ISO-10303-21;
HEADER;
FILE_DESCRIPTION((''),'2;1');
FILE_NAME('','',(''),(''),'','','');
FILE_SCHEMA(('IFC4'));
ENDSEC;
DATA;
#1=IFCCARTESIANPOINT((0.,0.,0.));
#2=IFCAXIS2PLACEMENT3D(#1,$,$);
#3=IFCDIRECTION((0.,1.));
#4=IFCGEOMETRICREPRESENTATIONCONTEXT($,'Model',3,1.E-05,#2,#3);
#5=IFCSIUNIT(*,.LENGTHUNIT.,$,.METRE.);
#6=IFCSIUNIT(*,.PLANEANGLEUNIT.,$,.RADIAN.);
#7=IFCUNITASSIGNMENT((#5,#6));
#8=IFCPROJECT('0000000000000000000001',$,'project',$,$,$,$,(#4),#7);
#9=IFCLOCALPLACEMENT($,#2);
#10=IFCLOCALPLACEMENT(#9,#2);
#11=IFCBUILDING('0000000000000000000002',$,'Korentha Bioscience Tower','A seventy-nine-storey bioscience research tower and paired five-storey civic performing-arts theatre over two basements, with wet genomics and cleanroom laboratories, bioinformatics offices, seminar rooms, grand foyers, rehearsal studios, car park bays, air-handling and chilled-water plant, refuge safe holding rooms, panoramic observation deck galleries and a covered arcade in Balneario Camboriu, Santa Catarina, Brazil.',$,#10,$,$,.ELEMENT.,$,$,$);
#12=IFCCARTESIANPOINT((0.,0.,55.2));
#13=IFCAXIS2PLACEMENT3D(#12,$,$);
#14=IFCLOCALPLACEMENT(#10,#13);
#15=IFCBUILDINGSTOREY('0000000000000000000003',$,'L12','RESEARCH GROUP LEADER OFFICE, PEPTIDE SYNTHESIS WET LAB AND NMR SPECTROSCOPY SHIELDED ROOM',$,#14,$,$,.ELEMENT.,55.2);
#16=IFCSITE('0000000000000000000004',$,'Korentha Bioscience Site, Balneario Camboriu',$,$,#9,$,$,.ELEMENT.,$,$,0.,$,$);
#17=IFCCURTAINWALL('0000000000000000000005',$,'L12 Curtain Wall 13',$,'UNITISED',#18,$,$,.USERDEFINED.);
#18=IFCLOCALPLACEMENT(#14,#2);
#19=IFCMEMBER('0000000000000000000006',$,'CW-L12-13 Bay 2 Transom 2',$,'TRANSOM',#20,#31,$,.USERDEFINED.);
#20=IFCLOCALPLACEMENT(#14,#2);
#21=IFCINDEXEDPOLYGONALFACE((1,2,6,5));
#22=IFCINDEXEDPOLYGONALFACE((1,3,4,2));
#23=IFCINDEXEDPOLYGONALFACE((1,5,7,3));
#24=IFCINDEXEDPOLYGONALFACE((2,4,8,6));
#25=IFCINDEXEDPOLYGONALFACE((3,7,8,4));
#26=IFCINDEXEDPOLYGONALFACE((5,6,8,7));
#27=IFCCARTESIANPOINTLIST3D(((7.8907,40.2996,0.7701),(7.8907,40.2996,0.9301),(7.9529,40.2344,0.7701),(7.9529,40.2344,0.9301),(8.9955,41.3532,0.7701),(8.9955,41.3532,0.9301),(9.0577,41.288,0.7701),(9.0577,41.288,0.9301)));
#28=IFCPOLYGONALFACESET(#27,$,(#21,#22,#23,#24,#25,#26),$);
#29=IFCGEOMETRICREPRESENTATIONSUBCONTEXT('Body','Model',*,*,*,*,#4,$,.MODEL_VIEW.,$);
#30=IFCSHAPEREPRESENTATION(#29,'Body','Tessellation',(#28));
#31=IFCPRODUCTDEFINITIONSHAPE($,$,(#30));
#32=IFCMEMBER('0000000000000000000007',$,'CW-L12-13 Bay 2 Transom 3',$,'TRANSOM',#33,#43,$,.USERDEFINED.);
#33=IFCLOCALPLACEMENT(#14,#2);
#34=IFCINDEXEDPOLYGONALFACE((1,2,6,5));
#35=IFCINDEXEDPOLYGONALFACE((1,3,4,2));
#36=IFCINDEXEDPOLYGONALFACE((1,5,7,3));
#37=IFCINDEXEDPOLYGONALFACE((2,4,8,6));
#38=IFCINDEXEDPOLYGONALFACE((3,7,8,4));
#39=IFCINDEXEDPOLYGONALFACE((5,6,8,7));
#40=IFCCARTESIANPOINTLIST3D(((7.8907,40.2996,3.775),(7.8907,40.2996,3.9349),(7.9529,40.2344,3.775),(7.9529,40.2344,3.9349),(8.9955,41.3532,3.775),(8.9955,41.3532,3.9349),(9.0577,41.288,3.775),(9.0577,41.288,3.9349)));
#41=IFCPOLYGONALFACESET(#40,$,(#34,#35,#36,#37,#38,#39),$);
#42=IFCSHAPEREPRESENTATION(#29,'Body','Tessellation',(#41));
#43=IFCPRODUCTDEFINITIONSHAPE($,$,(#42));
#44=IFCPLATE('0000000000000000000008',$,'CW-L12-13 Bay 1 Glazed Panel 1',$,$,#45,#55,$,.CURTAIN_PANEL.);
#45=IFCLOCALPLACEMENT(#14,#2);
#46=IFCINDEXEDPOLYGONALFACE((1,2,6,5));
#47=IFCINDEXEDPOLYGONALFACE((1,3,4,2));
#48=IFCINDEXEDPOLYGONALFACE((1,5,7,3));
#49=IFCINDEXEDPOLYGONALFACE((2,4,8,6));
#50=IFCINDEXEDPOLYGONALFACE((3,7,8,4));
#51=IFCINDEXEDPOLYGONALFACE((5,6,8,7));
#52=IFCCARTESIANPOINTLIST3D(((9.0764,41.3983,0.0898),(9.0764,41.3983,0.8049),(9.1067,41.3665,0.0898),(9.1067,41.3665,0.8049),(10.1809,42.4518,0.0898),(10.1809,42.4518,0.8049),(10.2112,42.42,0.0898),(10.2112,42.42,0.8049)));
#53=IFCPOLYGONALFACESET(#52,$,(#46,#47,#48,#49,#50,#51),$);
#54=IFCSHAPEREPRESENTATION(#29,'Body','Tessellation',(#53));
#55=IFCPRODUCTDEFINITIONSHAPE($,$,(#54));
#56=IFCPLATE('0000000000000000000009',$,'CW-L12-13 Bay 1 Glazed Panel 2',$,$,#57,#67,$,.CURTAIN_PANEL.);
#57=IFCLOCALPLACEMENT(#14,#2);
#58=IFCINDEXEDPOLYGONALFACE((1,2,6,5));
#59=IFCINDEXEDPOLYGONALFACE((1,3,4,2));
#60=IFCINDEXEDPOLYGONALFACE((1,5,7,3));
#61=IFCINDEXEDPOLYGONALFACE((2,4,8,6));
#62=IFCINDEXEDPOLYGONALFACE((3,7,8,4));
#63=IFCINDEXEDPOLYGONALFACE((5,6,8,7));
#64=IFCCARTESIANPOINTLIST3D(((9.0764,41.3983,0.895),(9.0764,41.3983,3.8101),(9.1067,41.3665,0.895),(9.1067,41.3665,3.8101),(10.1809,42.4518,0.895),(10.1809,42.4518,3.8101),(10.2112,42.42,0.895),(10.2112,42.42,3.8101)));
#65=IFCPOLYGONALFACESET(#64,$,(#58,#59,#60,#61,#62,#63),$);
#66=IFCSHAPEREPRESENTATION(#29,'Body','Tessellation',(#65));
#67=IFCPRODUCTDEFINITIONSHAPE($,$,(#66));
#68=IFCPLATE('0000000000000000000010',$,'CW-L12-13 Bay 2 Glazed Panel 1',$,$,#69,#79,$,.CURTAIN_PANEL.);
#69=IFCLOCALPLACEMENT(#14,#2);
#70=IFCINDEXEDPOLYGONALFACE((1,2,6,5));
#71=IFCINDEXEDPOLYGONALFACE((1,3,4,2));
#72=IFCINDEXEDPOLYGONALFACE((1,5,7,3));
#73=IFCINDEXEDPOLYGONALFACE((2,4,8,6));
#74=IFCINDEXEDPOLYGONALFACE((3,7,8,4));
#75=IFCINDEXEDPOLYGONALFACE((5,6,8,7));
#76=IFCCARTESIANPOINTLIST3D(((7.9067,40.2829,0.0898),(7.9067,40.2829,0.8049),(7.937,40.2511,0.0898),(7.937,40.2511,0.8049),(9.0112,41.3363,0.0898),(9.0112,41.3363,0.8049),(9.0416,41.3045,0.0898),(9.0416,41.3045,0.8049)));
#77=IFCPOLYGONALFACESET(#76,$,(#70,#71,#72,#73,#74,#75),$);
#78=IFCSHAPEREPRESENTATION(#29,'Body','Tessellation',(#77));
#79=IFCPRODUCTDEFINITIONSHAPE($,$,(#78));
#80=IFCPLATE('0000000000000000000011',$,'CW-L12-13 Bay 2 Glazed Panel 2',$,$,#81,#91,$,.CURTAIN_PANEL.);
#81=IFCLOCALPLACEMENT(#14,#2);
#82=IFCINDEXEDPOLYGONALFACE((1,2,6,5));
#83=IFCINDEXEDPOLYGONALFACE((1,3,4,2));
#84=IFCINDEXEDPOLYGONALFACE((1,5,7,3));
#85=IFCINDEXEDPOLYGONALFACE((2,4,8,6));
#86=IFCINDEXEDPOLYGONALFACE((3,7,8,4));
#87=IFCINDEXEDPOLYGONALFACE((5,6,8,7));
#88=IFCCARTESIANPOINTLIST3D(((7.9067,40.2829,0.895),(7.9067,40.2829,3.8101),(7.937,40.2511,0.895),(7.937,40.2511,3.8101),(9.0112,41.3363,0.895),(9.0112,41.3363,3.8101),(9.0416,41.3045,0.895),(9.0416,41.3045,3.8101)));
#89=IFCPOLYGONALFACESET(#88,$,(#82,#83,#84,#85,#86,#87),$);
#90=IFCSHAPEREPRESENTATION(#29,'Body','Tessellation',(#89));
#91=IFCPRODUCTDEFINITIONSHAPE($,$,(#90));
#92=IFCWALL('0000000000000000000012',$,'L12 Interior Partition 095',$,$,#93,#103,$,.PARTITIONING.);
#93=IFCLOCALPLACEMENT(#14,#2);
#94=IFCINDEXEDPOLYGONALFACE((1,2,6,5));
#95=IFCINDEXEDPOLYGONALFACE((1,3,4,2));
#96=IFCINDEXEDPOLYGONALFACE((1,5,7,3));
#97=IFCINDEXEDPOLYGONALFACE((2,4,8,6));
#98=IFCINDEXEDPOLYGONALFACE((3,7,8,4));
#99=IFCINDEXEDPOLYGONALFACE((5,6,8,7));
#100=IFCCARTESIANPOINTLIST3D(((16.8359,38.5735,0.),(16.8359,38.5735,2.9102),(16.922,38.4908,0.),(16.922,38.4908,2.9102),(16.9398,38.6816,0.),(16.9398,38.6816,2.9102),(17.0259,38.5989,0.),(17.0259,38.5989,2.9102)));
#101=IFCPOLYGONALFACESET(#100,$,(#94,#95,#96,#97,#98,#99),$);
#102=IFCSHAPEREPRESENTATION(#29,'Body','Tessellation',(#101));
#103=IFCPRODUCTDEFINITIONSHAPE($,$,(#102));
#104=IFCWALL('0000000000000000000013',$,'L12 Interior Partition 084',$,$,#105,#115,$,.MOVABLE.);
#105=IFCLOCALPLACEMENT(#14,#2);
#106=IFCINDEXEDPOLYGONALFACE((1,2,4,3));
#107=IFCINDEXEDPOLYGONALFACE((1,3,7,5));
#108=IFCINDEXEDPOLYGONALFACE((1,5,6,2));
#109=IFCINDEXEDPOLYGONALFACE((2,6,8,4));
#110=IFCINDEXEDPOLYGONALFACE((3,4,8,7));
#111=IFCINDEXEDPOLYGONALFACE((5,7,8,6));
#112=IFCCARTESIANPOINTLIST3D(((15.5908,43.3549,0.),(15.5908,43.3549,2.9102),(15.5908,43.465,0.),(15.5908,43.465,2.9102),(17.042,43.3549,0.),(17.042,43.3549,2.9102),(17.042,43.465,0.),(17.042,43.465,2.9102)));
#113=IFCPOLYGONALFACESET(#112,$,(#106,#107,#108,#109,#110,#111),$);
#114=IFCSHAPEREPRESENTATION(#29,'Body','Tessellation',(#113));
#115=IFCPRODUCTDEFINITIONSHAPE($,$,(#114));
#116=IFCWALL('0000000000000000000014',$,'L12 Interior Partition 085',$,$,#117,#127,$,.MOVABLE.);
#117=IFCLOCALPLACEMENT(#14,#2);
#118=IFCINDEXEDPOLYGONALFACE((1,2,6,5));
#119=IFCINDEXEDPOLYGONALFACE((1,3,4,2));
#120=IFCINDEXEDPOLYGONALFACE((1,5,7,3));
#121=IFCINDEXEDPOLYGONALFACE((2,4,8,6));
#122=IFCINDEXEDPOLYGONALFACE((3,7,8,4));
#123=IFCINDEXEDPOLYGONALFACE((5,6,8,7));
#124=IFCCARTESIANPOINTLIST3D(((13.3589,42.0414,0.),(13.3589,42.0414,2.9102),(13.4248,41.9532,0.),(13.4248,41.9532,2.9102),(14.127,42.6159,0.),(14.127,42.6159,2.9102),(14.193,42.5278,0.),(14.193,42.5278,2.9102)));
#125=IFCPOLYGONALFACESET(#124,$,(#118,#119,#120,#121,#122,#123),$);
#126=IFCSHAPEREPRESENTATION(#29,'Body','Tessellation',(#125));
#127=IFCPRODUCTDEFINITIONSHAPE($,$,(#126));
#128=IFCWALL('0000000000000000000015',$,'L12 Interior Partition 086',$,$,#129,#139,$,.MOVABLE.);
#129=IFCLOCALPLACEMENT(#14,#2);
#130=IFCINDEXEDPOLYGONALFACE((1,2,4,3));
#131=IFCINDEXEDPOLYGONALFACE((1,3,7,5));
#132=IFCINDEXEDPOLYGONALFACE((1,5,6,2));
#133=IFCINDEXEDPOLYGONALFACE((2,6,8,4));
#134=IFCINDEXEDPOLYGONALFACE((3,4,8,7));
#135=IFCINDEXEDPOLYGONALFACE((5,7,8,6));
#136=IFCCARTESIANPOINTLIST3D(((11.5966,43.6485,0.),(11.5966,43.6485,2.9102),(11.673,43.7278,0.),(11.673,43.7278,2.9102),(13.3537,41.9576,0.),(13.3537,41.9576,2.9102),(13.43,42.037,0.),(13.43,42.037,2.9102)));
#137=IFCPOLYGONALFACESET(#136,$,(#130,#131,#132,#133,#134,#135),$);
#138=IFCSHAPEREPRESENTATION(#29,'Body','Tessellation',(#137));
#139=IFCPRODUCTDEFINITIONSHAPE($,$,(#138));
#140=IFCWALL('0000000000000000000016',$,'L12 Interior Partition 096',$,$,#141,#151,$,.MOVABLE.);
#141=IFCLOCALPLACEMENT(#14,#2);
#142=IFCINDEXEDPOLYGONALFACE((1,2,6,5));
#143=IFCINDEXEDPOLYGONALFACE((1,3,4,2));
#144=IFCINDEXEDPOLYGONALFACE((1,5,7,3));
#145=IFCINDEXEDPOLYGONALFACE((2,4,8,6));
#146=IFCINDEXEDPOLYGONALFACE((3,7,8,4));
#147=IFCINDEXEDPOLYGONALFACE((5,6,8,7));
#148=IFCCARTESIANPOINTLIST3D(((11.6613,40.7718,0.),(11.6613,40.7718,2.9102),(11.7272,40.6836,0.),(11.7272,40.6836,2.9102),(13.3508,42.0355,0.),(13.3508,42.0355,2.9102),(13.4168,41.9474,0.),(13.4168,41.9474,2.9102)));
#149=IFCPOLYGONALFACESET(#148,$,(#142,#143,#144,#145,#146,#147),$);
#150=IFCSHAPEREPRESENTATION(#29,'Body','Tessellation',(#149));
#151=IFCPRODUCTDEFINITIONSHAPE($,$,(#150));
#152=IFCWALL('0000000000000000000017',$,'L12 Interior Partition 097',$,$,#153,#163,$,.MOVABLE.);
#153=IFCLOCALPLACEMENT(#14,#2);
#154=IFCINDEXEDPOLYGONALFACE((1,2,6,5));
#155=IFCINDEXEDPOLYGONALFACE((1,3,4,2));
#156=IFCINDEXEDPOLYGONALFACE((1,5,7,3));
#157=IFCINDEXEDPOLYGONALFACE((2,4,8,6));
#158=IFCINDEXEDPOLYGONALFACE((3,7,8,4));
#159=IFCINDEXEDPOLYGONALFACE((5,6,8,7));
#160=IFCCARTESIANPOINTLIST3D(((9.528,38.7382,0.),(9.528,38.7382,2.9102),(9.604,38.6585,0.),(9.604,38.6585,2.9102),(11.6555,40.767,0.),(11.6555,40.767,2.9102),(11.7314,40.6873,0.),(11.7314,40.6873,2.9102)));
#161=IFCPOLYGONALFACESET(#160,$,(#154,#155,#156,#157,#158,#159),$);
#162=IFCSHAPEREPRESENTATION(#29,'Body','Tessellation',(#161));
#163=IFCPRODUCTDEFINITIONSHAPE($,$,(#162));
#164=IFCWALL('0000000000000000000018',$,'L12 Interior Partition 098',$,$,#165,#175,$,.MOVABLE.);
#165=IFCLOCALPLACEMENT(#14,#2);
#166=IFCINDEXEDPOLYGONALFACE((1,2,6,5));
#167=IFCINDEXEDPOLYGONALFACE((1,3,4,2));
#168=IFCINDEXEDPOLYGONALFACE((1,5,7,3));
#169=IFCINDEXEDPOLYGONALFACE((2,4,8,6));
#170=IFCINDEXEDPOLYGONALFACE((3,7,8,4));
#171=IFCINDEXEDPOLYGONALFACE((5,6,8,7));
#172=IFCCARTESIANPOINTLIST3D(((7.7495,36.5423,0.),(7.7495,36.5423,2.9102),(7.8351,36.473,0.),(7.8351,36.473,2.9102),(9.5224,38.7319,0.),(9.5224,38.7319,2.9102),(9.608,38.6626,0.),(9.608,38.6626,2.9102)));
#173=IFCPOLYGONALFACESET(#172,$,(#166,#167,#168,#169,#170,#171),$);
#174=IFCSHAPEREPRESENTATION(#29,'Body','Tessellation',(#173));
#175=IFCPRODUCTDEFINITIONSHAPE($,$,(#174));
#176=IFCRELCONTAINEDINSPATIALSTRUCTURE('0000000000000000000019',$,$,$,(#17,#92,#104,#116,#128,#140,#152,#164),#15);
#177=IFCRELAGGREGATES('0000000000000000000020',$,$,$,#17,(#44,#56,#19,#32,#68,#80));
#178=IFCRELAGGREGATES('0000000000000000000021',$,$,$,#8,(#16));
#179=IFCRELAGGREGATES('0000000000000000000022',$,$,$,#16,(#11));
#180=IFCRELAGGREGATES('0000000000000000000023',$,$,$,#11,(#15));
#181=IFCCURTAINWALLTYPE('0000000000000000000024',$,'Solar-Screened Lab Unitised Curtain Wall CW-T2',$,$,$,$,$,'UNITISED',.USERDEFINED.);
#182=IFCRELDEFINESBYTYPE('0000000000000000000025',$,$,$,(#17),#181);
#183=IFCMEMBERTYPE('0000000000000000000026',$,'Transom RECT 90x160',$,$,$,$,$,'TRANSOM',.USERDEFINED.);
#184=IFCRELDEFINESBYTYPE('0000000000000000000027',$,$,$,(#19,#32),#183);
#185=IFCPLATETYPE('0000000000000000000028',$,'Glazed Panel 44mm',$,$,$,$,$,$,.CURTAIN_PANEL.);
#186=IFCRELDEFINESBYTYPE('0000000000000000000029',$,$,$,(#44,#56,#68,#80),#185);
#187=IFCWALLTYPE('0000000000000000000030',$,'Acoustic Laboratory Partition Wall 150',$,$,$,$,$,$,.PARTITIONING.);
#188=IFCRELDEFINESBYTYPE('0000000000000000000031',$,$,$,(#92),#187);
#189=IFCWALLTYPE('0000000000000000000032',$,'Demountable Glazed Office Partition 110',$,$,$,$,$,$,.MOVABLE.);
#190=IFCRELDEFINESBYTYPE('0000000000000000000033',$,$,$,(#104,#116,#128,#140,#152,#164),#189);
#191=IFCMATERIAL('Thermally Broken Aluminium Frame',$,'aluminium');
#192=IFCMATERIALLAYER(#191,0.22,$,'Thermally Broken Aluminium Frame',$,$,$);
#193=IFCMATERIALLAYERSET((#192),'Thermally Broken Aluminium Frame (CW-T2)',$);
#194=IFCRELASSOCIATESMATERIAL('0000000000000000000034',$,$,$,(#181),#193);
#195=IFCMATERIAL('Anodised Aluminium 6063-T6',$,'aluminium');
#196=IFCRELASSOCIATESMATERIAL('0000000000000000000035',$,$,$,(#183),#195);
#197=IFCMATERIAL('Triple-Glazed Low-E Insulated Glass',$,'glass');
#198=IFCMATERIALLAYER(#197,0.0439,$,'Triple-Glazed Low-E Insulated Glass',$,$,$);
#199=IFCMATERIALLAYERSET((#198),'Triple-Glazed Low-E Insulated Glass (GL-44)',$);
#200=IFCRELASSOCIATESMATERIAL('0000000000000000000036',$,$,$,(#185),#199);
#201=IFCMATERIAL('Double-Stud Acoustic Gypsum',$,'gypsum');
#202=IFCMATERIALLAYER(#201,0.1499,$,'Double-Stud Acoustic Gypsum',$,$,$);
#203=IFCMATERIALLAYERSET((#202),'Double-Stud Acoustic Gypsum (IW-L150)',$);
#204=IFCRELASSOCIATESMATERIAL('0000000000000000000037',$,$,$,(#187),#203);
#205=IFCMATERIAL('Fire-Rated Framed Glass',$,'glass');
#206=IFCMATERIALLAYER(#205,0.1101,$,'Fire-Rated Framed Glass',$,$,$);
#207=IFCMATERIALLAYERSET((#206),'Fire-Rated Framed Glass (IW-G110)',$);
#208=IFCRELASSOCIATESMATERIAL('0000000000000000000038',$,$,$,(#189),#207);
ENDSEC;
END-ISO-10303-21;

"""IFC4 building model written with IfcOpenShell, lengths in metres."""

from ifc_helpers import new_model, si_unit, direction, frame, frame_2d, origin, origin_2d, place, context, subcontext, project, spatial, rectangle, extrude, material, layer, layer_set, material_profile, profile_set, type_object, element, aggregate, save


model = new_model("IFC4")

# Units and contexts
model_context = context("Model", 3, precision=1e-05, world=origin(), true_north=direction((0.0, 1.0)))
body_context = subcontext(model_context, "Body", "Model", "MODEL_VIEW")
ifc_project = project(units=[si_unit("LENGTHUNIT", "METRE"), si_unit("PLANEANGLEUNIT", "RADIAN")], contexts=[model_context])

# Site, building, storey
site_placement = place(None, origin())
site = spatial("IfcSite", under=ifc_project, at=site_placement, Name="Korentha Bioscience Site, Balneario Camboriu", CompositionType="ELEMENT", RefElevation=0.0)
building_placement = place(site_placement, origin())
building = spatial("IfcBuilding", under=site, at=building_placement, Name="Korentha Bioscience Tower", Description="A seventy-nine-storey bioscience research tower and paired five-storey civic performing-arts theatre over two basements, with wet genomics and cleanroom laboratories, bioinformatics offices, seminar rooms, grand foyers, rehearsal studios, car park bays, air-handling and chilled-water plant, refuge safe holding rooms, panoramic observation deck galleries and a covered arcade in Balneario Camboriu, Santa Catarina, Brazil.", CompositionType="ELEMENT")
storey_placement = place(building_placement, frame((0.0, 0.0, 55.2)))
storey = spatial("IfcBuildingStorey", under=building, at=storey_placement, Name="L12", Description="RESEARCH GROUP LEADER OFFICE, PEPTIDE SYNTHESIS WET LAB AND NMR SPECTROSCOPY SHIELDED ROOM", CompositionType="ELEMENT", Elevation=55.2)

# Curtain wall
ifc_material_1 = material(Name="Thermally Broken Aluminium Frame", Category="aluminium")
ifc_layer_1 = layer(ifc_material_1, 0.22, Name="Thermally Broken Aluminium Frame")
ifc_layer_set_1 = layer_set([ifc_layer_1], Name="Thermally Broken Aluminium Frame (CW-T2)")
curtain_wall_type = type_object("IfcCurtainWallType", Name="Solar-Screened Lab Unitised Curtain Wall CW-T2", ElementType="UNITISED", PredefinedType="USERDEFINED", material=ifc_layer_set_1)
curtain_wall_placement = place(storey_placement, origin())
curtain_wall = element("IfcCurtainWall", 1, at=curtain_wall_placement, inside=storey, type_object=curtain_wall_type, Name="L12 Curtain Wall 13", ObjectType="UNITISED", PredefinedType="USERDEFINED")
ifc_material_2 = material(Name="Anodised Aluminium 6063-T6", Category="aluminium")

# Members
ifc_material_profile_1 = material_profile(ifc_material_2, rectangle(XDim=0.0901, YDim=0.1599, at=origin_2d()), Name="Anodised Aluminium 6063-T6")
ifc_profile_set_1 = profile_set([ifc_material_profile_1], Name="Anodised Aluminium 6063-T6 (CW-TRN)")
member_type_1 = type_object("IfcMemberType", Name="Transom RECT 90x160", ElementType="TRANSOM", PredefinedType="USERDEFINED", material=ifc_profile_set_1)
member_1_placement = place(storey_placement, frame((9.0266, 41.3206, 0.8501), z_axis=(-0.7237, -0.690114, 0.0), x_axis=(0.690114, -0.7237, 0.0)))
member_1 = element("IfcMember", 2, at=member_1_placement, type_object=member_type_1, Name="CW-L12-13 Bay 2 Transom 2", ObjectType="TRANSOM", PredefinedType="USERDEFINED", context=body_context, shape_type="SweptSolid", body=[
    extrude(rectangle(XDim=0.0901, YDim=0.1599, at=origin_2d()), origin(), (0.0, 0.0, 1.0), 1.5266),
])
member_2_placement = place(storey_placement, frame((9.0266, 41.3206, 3.855), z_axis=(-0.7237, -0.690114, 0.0), x_axis=(0.690114, -0.7237, 0.0)))
member_2 = element("IfcMember", 3, at=member_2_placement, type_object=member_type_1, Name="CW-L12-13 Bay 2 Transom 3", ObjectType="TRANSOM", PredefinedType="USERDEFINED", context=body_context, shape_type="SweptSolid", body=[
    extrude(rectangle(XDim=0.0901, YDim=0.1599, at=origin_2d()), origin(), (0.0, 0.0, 1.0), 1.5266),
])

# Plates
ifc_material_3 = material(Name="Triple-Glazed Low-E Insulated Glass", Category="glass")
ifc_layer_2 = layer(ifc_material_3, 0.0439, Name="Triple-Glazed Low-E Insulated Glass")
ifc_layer_set_2 = layer_set([ifc_layer_2], Name="Triple-Glazed Low-E Insulated Glass (GL-44)")
plate_type = type_object("IfcPlateType", Name="Glazed Panel 44mm", PredefinedType="CURTAIN_PANEL", material=ifc_layer_set_2)
plate_1_placement = place(storey_placement, frame((9.6438, 41.9092, 0.0898), z_axis=(0.0, 0.0, 1.0), x_axis=(-0.723642, -0.690176, 0.0)))
plate_1 = element("IfcPlate", 4, at=plate_1_placement, type_object=plate_type, Name="CW-L12-13 Bay 1 Glazed Panel 1", PredefinedType="CURTAIN_PANEL", context=body_context, shape_type="SweptSolid", body=[
    extrude(rectangle(XDim=1.5264, YDim=0.0439, at=origin_2d()), origin(), (0.0, 0.0, 1.0), 0.7151),
])
plate_2_placement = place(storey_placement, frame((9.6438, 41.9092, 0.895), z_axis=(0.0, 0.0, 1.0), x_axis=(-0.723642, -0.690176, 0.0)))
plate_2 = element("IfcPlate", 5, at=plate_2_placement, type_object=plate_type, Name="CW-L12-13 Bay 1 Glazed Panel 2", PredefinedType="CURTAIN_PANEL", context=body_context, shape_type="SweptSolid", body=[
    extrude(rectangle(XDim=1.5264, YDim=0.0439, at=origin_2d()), origin(), (0.0, 0.0, 1.0), 2.915),
])
plate_3_placement = place(storey_placement, frame((8.4741, 40.7937, 0.0898), z_axis=(0.0, 0.0, 1.0), x_axis=(-0.723642, -0.690176, 0.0)))
plate_3 = element("IfcPlate", 6, at=plate_3_placement, type_object=plate_type, Name="CW-L12-13 Bay 2 Glazed Panel 1", PredefinedType="CURTAIN_PANEL", context=body_context, shape_type="SweptSolid", body=[
    extrude(rectangle(XDim=1.5264, YDim=0.0439, at=origin_2d()), origin(), (0.0, 0.0, 1.0), 0.7151),
])
plate_4_placement = place(storey_placement, frame((8.4741, 40.7937, 0.895), z_axis=(0.0, 0.0, 1.0), x_axis=(-0.723642, -0.690176, 0.0)))
plate_4 = element("IfcPlate", 7, at=plate_4_placement, type_object=plate_type, Name="CW-L12-13 Bay 2 Glazed Panel 2", PredefinedType="CURTAIN_PANEL", context=body_context, shape_type="SweptSolid", body=[
    extrude(rectangle(XDim=1.5264, YDim=0.0439, at=origin_2d()), origin(), (0.0, 0.0, 1.0), 2.915),
])
aggregate(curtain_wall, [plate_1, plate_2, member_1, member_2, plate_3, plate_4])

# Wall
ifc_material_4 = material(Name="Double-Stud Acoustic Gypsum", Category="gypsum")
ifc_layer_3 = layer(ifc_material_4, 0.1499, Name="Double-Stud Acoustic Gypsum")
ifc_layer_set_3 = layer_set([ifc_layer_3], Name="Double-Stud Acoustic Gypsum (IW-L150)")
wall_type_1 = type_object("IfcWallType", Name="Acoustic Laboratory Partition Wall 150", PredefinedType="PARTITIONING", material=ifc_layer_set_3)
wall_1_placement = place(storey_placement, frame((16.8879, 38.6274, 0.0), z_axis=(0.0, 0.0, 1.0), x_axis=(0.721265, -0.692659, 0.0)))
element("IfcWall", 8, at=wall_1_placement, inside=storey, type_object=wall_type_1, Name="L12 Interior Partition 095", PredefinedType="PARTITIONING", context=body_context, shape_type="SweptSolid", body=[
    extrude(rectangle(XDim=0.1194, YDim=0.1499, at=frame_2d((0.0596, 0.0))), origin(), (0.0, 0.0, 1.0), 2.9102),
])

# Shared definitions
ifc_material_5 = material(Name="Fire-Rated Framed Glass", Category="glass")
ifc_layer_4 = layer(ifc_material_5, 0.1101, Name="Fire-Rated Framed Glass")
ifc_layer_set_4 = layer_set([ifc_layer_4], Name="Fire-Rated Framed Glass (IW-G110)")
wall_type_2 = type_object("IfcWallType", Name="Demountable Glazed Office Partition 110", PredefinedType="MOVABLE", material=ifc_layer_set_4)

# Walls
wall_2_placement = place(storey_placement, frame((17.042, 43.4099, 0.0), z_axis=(0.0, 0.0, 1.0), x_axis=(-1.0, 0.0, 0.0)))
element("IfcWall", 9, at=wall_2_placement, inside=storey, type_object=wall_type_2, Name="L12 Interior Partition 084", PredefinedType="MOVABLE", context=body_context, shape_type="SweptSolid", body=[
    extrude(rectangle(XDim=1.4512, YDim=0.1101, at=frame_2d((0.7256, 0.0))), origin(), (0.0, 0.0, 1.0), 2.9102),
])
wall_3_placement = place(storey_placement, frame((14.1599, 42.5718, 0.0), z_axis=(0.0, 0.0, 1.0), x_axis=(-0.800793, -0.598941, 0.0)))
element("IfcWall", 10, at=wall_3_placement, inside=storey, type_object=wall_type_2, Name="L12 Interior Partition 085", PredefinedType="MOVABLE", context=body_context, shape_type="SweptSolid", body=[
    extrude(rectangle(XDim=0.9592, YDim=0.1101, at=frame_2d((0.4795, 0.0))), origin(), (0.0, 0.0, 1.0), 2.9102),
])
wall_4_placement = place(storey_placement, frame((13.3918, 41.9973, 0.0), z_axis=(0.0, 0.0, 1.0), x_axis=(-0.720543, 0.693411, 0.0)))
element("IfcWall", 11, at=wall_4_placement, inside=storey, type_object=wall_type_2, Name="L12 Interior Partition 086", PredefinedType="MOVABLE", context=body_context, shape_type="SweptSolid", body=[
    extrude(rectangle(XDim=2.4385, YDim=0.1101, at=frame_2d((1.2192, 0.0))), origin(), (0.0, 0.0, 1.0), 2.9102),
])
wall_5_placement = place(storey_placement, frame((13.3838, 41.9915, 0.0), z_axis=(0.0, 0.0, 1.0), x_axis=(-0.800777, -0.598963, 0.0)))
element("IfcWall", 12, at=wall_5_placement, inside=storey, type_object=wall_type_2, Name="L12 Interior Partition 096", PredefinedType="MOVABLE", context=body_context, shape_type="SweptSolid", body=[
    extrude(rectangle(XDim=2.1099, YDim=0.1101, at=frame_2d((1.0549, 0.0))), origin(), (0.0, 0.0, 1.0), 2.9102),
])
wall_6_placement = place(storey_placement, frame((11.6934, 40.7271, 0.0), z_axis=(0.0, 0.0, 1.0), x_axis=(-0.723684, -0.690132, 0.0)))
element("IfcWall", 13, at=wall_6_placement, inside=storey, type_object=wall_type_2, Name="L12 Interior Partition 097", PredefinedType="MOVABLE", context=body_context, shape_type="SweptSolid", body=[
    extrude(rectangle(XDim=2.9397, YDim=0.1101, at=frame_2d((1.4697, 0.0))), origin(), (0.0, 0.0, 1.0), 2.9102),
])
wall_7_placement = place(storey_placement, frame((9.5652, 38.6973, 0.0), z_axis=(0.0, 0.0, 1.0), x_axis=(-0.629271, -0.777186, 0.0)))
element("IfcWall", 14, at=wall_7_placement, inside=storey, type_object=wall_type_2, Name="L12 Interior Partition 098", PredefinedType="MOVABLE", context=body_context, shape_type="SweptSolid", body=[
    extrude(rectangle(XDim=2.8174, YDim=0.1101, at=frame_2d((1.4087, 0.0))), origin(), (0.0, 0.0, 1.0), 2.9102),
])

save(model, "model.ifc")
